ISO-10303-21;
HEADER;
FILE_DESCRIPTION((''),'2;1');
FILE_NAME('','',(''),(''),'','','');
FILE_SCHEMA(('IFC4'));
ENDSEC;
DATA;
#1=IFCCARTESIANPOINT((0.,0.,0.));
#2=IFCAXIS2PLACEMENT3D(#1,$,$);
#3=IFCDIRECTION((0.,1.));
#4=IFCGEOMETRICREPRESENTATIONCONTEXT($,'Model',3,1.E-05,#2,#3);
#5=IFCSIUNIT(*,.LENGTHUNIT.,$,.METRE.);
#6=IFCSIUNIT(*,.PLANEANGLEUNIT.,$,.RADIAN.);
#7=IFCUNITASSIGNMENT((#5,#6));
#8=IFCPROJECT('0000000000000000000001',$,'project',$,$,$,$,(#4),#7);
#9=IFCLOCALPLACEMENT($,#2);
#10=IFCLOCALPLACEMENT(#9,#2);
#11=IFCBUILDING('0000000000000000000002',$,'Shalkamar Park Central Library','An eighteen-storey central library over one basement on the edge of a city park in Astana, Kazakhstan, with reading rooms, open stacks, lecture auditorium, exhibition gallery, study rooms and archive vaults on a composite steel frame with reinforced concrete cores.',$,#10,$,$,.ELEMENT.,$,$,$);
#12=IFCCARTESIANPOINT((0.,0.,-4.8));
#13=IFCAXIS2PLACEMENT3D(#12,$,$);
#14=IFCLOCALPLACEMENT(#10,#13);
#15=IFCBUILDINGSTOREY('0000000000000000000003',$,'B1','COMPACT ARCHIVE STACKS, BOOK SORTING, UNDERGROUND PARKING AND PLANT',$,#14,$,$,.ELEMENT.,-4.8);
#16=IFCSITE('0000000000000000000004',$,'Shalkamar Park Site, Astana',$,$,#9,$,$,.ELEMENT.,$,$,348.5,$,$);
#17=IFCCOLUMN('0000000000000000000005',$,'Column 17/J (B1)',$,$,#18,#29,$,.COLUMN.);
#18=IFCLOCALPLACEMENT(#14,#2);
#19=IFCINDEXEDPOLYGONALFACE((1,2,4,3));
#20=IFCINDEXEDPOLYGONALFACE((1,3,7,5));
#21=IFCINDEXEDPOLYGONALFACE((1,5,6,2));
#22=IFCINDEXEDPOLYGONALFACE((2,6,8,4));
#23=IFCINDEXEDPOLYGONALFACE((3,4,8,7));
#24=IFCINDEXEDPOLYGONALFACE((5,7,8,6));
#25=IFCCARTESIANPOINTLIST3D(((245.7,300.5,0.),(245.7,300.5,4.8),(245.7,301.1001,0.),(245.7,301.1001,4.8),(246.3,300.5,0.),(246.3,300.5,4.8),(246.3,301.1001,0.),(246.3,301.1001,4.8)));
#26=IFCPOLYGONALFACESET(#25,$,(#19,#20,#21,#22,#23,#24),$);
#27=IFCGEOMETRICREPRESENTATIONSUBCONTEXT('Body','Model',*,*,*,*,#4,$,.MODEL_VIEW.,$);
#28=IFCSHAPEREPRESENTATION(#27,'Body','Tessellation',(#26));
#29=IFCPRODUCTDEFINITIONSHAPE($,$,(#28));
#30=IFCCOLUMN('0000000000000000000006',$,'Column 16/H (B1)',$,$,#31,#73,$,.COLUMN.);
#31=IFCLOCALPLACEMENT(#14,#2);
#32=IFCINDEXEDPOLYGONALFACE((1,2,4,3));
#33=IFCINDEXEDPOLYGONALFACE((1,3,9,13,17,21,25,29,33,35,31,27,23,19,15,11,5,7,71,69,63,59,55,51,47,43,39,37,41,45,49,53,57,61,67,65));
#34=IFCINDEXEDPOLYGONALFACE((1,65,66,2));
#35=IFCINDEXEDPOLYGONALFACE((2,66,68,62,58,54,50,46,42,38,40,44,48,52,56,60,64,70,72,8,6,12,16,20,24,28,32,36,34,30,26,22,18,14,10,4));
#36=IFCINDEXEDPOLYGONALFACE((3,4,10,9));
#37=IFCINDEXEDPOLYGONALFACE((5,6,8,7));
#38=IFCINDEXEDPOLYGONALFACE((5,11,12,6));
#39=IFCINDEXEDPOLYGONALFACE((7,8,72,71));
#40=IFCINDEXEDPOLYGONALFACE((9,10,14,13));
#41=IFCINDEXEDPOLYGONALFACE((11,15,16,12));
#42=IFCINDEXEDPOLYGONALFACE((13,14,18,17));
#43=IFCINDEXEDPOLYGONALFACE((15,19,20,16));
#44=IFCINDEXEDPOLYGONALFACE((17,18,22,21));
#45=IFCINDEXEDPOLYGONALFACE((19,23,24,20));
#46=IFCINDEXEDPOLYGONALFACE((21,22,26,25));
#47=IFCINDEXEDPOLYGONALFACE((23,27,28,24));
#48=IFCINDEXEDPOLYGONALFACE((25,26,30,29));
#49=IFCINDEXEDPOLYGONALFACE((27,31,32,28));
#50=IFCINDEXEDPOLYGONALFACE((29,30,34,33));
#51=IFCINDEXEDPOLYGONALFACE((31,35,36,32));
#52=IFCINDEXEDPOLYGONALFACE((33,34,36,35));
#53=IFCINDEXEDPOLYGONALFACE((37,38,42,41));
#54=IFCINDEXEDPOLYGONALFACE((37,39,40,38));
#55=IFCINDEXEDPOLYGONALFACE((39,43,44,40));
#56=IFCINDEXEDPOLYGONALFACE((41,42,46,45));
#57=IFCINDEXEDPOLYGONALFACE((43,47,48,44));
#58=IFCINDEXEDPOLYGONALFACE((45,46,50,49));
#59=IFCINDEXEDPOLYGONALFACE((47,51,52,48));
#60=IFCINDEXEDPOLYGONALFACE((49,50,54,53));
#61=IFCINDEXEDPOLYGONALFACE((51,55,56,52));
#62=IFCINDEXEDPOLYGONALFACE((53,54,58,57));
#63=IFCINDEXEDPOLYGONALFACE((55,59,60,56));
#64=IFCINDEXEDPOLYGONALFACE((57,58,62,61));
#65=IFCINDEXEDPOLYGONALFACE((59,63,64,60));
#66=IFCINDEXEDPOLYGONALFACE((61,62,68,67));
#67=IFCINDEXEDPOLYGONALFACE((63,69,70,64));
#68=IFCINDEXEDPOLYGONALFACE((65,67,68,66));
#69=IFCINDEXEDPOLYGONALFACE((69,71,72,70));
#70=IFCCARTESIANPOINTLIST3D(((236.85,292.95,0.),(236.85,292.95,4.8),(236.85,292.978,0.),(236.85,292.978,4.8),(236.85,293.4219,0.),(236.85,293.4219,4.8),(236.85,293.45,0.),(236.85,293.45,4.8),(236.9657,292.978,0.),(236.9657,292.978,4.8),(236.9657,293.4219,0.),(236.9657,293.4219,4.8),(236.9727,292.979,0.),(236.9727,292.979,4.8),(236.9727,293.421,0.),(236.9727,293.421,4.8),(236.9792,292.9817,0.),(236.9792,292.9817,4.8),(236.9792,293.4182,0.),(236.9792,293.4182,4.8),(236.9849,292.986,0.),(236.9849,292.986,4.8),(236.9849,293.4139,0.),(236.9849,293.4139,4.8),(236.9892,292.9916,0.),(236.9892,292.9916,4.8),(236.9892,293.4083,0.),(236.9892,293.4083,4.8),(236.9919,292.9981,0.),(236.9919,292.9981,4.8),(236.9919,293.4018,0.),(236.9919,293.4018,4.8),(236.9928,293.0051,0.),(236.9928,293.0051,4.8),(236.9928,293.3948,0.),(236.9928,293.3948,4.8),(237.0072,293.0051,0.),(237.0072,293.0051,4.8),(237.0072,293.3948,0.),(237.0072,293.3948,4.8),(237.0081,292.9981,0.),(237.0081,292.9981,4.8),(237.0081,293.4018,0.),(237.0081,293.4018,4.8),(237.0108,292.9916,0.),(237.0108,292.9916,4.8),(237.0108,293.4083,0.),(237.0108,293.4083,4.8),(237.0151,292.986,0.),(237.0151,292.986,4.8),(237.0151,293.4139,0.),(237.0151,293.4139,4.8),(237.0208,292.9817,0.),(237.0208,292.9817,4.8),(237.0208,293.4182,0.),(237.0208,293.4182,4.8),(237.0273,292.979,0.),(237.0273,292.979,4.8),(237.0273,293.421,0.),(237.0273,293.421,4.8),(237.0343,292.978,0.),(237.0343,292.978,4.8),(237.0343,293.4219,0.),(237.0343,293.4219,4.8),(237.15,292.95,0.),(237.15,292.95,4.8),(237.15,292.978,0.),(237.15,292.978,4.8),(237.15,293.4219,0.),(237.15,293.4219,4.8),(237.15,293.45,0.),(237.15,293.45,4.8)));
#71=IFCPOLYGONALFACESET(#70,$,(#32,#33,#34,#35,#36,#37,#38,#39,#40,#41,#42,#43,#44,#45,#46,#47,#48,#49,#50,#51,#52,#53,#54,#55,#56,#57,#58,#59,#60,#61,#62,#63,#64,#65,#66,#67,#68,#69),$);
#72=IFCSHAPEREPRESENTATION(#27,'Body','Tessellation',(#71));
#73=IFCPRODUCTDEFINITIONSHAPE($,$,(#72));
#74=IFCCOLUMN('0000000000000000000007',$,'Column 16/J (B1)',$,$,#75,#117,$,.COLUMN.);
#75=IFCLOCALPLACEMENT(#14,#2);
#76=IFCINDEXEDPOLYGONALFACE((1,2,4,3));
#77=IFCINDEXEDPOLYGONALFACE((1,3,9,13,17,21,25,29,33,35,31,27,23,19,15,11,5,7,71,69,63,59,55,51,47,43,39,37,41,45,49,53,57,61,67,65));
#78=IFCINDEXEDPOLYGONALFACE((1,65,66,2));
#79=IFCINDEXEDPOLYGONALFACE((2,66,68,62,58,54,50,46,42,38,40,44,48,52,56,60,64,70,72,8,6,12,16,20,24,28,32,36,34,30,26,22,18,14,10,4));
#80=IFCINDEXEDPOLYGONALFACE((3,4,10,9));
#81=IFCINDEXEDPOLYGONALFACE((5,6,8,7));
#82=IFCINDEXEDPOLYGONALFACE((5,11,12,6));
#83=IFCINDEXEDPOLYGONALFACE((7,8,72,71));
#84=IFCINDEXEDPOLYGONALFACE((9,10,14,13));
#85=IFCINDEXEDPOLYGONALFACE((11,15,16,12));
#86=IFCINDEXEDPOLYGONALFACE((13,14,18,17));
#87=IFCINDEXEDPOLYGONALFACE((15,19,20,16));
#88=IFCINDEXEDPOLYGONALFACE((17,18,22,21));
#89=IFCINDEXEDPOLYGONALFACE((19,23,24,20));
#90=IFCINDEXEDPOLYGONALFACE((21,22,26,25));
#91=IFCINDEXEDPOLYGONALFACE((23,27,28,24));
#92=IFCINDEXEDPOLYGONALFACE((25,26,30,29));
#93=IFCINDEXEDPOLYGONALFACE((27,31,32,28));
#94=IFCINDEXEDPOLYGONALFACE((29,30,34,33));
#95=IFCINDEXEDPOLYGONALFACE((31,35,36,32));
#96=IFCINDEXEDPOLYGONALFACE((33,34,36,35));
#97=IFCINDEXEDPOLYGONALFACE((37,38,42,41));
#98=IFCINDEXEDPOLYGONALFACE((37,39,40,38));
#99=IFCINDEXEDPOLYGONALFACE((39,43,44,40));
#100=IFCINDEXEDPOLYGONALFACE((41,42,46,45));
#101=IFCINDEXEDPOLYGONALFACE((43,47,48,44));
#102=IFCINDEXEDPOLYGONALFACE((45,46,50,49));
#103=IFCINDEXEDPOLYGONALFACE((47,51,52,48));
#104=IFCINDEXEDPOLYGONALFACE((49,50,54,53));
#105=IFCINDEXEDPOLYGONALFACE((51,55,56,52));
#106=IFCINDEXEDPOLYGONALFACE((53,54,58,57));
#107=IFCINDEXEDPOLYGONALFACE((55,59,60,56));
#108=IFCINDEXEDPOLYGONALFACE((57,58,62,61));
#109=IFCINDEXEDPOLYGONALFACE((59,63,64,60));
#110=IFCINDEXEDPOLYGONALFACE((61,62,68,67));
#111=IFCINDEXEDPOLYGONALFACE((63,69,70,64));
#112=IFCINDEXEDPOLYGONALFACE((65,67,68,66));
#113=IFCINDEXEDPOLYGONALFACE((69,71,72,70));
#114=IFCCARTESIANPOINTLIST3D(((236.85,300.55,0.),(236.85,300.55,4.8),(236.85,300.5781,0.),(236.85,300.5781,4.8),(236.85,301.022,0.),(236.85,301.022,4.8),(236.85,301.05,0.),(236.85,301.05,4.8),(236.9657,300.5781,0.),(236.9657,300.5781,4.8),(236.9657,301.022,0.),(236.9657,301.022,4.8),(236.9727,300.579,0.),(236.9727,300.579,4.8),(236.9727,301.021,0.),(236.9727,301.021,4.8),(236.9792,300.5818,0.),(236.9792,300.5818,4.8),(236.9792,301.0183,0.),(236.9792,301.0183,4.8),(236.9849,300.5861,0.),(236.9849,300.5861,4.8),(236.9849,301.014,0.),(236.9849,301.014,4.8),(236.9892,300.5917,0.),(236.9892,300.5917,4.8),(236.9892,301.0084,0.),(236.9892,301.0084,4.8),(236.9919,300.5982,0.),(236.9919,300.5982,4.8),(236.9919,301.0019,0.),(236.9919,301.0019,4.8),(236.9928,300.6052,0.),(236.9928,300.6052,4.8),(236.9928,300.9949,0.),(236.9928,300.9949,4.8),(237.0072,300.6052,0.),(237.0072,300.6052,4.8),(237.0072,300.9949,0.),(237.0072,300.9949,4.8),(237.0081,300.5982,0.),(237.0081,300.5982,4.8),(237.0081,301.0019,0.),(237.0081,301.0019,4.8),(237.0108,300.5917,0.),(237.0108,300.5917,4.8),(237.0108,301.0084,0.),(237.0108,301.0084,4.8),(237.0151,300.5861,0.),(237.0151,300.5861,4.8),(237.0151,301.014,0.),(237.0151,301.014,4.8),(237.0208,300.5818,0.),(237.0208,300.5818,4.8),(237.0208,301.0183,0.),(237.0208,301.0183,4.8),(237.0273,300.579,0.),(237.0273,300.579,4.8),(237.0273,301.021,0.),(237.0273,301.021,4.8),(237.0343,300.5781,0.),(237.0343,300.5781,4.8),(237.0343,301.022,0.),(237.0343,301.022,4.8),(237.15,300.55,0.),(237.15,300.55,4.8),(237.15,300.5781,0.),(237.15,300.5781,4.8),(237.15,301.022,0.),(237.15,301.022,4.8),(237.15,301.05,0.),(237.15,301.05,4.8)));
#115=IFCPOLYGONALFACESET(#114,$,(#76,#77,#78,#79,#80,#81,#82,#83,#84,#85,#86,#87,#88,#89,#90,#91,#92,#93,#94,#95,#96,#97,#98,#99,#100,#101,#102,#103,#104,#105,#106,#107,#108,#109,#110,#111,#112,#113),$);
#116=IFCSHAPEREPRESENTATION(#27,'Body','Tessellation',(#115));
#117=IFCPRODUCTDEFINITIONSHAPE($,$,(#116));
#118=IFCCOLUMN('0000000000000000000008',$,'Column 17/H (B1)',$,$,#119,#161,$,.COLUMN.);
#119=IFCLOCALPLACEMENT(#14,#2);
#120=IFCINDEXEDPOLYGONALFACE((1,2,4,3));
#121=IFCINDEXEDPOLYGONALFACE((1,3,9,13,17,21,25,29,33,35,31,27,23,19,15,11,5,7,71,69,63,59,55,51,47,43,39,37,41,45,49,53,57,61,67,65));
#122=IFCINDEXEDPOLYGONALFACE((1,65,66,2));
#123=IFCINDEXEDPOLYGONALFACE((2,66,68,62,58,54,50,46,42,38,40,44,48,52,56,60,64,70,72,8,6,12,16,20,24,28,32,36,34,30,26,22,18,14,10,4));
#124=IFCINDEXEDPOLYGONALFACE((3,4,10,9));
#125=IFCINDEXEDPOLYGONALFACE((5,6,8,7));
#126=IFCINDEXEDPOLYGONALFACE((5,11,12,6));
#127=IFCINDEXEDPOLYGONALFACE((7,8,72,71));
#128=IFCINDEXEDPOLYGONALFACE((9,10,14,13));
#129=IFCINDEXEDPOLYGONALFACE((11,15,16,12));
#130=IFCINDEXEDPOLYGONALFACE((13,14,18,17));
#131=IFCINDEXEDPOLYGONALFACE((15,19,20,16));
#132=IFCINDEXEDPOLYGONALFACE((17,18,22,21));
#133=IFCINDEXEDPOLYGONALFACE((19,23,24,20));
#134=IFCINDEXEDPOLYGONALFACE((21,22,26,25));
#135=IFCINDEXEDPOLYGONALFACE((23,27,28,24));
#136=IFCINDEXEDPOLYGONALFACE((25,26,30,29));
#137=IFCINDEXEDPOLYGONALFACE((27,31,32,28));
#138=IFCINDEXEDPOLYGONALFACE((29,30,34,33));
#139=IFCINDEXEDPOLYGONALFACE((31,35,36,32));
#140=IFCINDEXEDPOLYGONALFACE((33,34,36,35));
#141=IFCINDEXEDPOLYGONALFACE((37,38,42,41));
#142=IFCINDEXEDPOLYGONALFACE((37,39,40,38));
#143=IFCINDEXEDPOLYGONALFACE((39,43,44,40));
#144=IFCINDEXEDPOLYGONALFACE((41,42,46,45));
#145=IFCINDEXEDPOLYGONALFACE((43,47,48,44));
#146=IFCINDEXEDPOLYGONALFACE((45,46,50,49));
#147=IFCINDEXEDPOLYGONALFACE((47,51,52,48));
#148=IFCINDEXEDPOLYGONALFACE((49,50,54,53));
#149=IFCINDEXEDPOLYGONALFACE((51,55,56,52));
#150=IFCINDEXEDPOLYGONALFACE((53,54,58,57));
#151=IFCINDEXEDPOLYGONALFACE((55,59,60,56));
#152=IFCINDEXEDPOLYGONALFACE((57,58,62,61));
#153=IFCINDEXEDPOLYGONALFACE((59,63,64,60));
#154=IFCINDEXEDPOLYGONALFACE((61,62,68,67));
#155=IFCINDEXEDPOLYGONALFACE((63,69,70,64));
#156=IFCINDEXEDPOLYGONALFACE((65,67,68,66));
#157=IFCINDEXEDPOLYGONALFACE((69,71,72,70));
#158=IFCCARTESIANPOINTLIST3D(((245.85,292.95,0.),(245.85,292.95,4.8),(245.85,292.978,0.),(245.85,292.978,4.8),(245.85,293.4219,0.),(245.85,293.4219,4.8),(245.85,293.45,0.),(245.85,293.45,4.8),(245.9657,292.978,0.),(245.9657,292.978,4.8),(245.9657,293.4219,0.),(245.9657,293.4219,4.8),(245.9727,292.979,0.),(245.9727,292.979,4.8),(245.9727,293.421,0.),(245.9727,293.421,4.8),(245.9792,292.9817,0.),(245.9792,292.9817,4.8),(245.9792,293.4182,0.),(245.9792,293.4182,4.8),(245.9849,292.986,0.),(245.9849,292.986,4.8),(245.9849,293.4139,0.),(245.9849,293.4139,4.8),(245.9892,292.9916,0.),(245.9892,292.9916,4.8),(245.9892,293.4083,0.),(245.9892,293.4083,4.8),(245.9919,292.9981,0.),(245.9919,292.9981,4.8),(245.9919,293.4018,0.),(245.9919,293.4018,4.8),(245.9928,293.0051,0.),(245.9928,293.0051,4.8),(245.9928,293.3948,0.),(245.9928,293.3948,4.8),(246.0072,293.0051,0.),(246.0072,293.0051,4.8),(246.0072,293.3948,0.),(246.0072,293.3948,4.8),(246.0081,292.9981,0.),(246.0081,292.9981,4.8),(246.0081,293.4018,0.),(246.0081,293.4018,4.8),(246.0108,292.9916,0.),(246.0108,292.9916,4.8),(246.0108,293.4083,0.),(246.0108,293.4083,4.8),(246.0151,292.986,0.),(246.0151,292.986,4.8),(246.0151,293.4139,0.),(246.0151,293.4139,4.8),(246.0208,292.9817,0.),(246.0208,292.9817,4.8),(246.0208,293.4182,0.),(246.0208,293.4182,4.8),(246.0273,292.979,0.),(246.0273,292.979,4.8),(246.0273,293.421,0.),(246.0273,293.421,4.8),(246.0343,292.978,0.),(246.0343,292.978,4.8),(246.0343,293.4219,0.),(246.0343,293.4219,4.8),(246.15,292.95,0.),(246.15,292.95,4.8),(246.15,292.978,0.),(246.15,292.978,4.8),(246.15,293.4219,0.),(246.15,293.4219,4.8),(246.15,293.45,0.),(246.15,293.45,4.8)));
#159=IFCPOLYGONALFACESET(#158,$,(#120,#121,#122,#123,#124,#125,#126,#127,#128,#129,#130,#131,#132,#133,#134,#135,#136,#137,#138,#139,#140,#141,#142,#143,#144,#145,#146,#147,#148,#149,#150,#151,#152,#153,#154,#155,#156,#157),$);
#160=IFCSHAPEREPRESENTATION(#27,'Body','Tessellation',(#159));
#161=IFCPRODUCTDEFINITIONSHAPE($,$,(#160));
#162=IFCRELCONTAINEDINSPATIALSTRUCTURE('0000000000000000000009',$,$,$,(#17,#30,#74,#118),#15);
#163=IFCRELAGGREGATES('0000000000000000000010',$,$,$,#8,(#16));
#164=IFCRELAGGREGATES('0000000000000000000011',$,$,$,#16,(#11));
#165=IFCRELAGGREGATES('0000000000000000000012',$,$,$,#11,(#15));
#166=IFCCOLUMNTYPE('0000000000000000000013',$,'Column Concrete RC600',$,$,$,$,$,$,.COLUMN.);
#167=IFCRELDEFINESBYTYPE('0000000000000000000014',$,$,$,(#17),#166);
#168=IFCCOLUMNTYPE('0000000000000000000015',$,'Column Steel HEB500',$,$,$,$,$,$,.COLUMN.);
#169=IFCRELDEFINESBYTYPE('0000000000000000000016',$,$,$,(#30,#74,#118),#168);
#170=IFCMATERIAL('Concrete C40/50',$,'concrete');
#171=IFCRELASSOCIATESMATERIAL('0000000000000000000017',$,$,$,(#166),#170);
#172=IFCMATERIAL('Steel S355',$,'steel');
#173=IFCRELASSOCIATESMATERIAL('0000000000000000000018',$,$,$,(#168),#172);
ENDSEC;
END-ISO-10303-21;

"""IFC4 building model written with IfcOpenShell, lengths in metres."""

from ifc_helpers import new_model, si_unit, direction, frame, origin, origin_2d, place, context, subcontext, project, spatial, rectangle, i_section, extrude, material, material_profile, profile_set, type_object, element, save


model = new_model("IFC4")

# Units and contexts
model_context = context("Model", 3, precision=1e-05, world=origin(), true_north=direction((0.0, 1.0)))
body_context = subcontext(model_context, "Body", "Model", "MODEL_VIEW")
ifc_project = project(units=[si_unit("LENGTHUNIT", "METRE"), si_unit("PLANEANGLEUNIT", "RADIAN")], contexts=[model_context])

# Site, building, storey
site_placement = place(None, origin())
site = spatial("IfcSite", under=ifc_project, at=site_placement, Name="Shalkamar Park Site, Astana", CompositionType="ELEMENT", RefElevation=348.5)
building_placement = place(site_placement, origin())
building = spatial("IfcBuilding", under=site, at=building_placement, Name="Shalkamar Park Central Library", Description="An eighteen-storey central library over one basement on the edge of a city park in Astana, Kazakhstan, with reading rooms, open stacks, lecture auditorium, exhibition gallery, study rooms and archive vaults on a composite steel frame with reinforced concrete cores.", CompositionType="ELEMENT")
storey_placement = place(building_placement, frame((0.0, 0.0, -4.8)))
storey = spatial("IfcBuildingStorey", under=building, at=storey_placement, Name="B1", Description="COMPACT ARCHIVE STACKS, BOOK SORTING, UNDERGROUND PARKING AND PLANT", CompositionType="ELEMENT", Elevation=-4.8)

# Columns
ifc_material_1 = material(Name="Concrete C40/50", Category="concrete")
ifc_material_profile_1 = material_profile(ifc_material_1, rectangle(XDim=0.6001, YDim=0.6001, at=origin_2d()), Name="RC 600x600")
ifc_profile_set_1 = profile_set([ifc_material_profile_1], Name="Concrete C40/50")
column_type_1 = type_object("IfcColumnType", Name="Column Concrete RC600", PredefinedType="COLUMN", material=ifc_profile_set_1)
column_placement = place(storey_placement, frame((246.0, 300.8, 0.0), z_axis=(0.0, 0.0, 1.0), x_axis=(1.0, 0.0, 0.0)))
element("IfcColumn", 1, at=column_placement, inside=storey, type_object=column_type_1, Name="Column 17/J (B1)", PredefinedType="COLUMN", context=body_context, shape_type="SweptSolid", body=[
    extrude(rectangle(XDim=0.6001, YDim=0.6001, at=origin_2d()), origin(), (0.0, 0.0, 1.0), 4.8),
])
ifc_material_2 = material(Name="Steel S355", Category="steel")
ifc_material_profile_2 = material_profile(ifc_material_2, i_section(OverallWidth=0.3, OverallDepth=0.5, WebThickness=0.0144, FlangeThickness=0.0281, FilletRadius=0.0271, at=origin_2d()), Name="HEB 500")
ifc_profile_set_2 = profile_set([ifc_material_profile_2], Name="Steel S355")
column_type_2 = type_object("IfcColumnType", Name="Column Steel HEB500", PredefinedType="COLUMN", material=ifc_profile_set_2)
for number, where, z_axis, x_axis, name in (
    (2, (237.0, 293.2, 0.0), (0.0, 0.0, 1.0), (1.0, 0.0, 0.0), "Column 16/H (B1)"),
    (3, (237.0, 300.8, 0.0), (0.0, 0.0, 1.0), (1.0, 0.0, 0.0), "Column 16/J (B1)"),
    (4, (246.0, 293.2, 0.0), (0.0, 0.0, 1.0), (1.0, 0.0, 0.0), "Column 17/H (B1)"),
):
    element("IfcColumn", number, at=place(storey_placement, frame(where, z_axis=z_axis, x_axis=x_axis)), inside=storey, type_object=column_type_2, Name=name, PredefinedType="COLUMN", context=body_context, shape_type="SweptSolid", body=[
        extrude(i_section(OverallWidth=0.3, OverallDepth=0.5, WebThickness=0.0144, FlangeThickness=0.0281, FilletRadius=0.0271, at=origin_2d()), origin(), (0.0, 0.0, 1.0), 4.8),
    ])

save(model, "model.ifc")
